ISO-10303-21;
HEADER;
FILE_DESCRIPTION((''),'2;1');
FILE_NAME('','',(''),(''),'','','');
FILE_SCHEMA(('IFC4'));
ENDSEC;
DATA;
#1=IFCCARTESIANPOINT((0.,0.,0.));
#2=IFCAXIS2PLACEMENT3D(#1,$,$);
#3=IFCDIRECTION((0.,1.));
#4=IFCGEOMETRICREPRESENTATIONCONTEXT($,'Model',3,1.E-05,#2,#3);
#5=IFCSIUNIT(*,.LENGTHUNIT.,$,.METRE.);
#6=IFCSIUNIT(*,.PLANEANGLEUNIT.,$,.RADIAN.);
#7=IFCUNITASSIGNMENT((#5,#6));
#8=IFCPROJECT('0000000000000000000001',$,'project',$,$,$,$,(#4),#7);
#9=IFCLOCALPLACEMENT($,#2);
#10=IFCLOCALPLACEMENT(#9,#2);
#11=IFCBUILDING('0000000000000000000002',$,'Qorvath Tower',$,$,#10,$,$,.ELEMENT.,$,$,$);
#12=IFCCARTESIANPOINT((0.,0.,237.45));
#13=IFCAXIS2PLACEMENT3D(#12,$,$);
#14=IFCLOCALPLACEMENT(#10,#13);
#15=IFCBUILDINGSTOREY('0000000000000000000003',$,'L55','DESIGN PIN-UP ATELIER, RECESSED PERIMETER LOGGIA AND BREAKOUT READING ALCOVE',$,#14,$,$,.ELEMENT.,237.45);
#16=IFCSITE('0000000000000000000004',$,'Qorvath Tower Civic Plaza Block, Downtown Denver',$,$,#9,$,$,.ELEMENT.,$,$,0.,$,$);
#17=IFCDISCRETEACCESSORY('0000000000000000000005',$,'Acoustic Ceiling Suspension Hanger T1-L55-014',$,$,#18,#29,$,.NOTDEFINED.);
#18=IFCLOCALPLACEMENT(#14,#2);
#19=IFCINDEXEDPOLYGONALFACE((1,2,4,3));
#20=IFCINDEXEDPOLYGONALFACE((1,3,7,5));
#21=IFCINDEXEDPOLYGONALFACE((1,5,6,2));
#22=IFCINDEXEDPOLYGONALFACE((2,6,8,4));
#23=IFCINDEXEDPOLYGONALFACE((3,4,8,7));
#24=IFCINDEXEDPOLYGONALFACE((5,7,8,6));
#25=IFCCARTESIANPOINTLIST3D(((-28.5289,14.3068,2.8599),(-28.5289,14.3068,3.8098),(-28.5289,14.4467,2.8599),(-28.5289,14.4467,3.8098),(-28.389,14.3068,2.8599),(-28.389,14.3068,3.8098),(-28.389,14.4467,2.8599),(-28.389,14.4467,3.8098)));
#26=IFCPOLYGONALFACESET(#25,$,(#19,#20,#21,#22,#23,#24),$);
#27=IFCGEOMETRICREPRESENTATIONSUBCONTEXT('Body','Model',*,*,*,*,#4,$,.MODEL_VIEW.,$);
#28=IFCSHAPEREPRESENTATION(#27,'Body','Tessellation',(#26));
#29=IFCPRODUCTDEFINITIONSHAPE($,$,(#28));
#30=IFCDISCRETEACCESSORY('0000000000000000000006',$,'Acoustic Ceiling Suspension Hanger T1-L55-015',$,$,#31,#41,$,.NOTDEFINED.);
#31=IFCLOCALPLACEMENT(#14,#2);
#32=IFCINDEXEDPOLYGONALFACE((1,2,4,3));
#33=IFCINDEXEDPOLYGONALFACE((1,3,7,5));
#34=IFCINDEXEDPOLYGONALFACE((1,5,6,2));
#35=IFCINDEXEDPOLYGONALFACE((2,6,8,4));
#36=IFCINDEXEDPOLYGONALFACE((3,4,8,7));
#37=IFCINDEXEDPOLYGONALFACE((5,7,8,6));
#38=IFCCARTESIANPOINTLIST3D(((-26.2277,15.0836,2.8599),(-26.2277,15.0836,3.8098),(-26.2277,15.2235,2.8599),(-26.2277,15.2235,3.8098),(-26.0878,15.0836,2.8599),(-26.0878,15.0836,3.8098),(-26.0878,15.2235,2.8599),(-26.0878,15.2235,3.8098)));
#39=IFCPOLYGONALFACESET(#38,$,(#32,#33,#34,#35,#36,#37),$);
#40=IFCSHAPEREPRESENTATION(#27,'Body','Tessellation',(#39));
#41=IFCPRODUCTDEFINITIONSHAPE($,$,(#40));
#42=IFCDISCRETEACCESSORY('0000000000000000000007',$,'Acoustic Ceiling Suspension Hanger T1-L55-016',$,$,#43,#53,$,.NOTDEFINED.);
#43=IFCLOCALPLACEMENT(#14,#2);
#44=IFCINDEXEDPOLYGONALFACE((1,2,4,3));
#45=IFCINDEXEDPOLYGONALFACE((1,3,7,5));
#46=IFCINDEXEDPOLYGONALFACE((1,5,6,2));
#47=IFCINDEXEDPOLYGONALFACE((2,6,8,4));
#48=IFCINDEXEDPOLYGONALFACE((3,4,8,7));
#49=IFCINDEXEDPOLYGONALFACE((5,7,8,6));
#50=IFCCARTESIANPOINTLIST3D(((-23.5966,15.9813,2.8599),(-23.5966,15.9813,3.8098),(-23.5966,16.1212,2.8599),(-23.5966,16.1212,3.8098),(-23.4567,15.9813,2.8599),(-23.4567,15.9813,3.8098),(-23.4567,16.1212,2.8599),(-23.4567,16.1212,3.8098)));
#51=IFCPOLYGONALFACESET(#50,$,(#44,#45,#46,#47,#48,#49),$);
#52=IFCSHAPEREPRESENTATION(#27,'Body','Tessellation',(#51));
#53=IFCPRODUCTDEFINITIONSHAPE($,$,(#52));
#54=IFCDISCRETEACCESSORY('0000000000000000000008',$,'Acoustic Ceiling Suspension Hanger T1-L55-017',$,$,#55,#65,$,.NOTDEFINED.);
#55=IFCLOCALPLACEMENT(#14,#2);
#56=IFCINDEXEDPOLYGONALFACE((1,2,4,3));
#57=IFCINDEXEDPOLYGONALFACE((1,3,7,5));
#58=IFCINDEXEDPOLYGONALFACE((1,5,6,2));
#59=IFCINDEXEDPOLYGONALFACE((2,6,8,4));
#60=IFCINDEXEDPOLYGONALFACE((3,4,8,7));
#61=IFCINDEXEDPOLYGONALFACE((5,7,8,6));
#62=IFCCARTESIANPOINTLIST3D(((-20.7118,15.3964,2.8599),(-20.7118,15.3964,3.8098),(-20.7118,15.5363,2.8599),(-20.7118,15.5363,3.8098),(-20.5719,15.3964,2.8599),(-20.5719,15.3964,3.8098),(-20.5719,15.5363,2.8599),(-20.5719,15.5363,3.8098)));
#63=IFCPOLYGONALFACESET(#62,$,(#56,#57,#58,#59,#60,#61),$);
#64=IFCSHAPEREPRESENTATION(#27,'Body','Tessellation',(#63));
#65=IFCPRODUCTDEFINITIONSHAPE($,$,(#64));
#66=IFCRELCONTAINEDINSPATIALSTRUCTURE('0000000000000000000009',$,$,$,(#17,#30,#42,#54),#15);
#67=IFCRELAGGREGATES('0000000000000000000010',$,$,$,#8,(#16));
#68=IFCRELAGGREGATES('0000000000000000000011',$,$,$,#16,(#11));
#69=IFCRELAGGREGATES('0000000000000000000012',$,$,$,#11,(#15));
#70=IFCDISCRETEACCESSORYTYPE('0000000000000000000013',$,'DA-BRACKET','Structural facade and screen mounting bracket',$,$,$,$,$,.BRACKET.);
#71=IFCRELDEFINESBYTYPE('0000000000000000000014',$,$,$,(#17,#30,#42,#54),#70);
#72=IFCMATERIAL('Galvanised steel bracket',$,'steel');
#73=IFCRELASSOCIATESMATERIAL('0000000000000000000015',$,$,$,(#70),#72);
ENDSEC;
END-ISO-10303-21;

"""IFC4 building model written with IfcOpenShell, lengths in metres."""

from ifc_helpers import new_model, si_unit, direction, frame, origin, origin_2d, place, context, subcontext, project, spatial, rectangle, extrude, material, type_object, element, save


model = new_model("IFC4")

# Units and contexts
model_context = context("Model", 3, precision=1e-05, world=origin(), true_north=direction((0.0, 1.0)))
body_context = subcontext(model_context, "Body", "Model", "MODEL_VIEW")
ifc_project = project(units=[si_unit("LENGTHUNIT", "METRE"), si_unit("PLANEANGLEUNIT", "RADIAN")], contexts=[model_context])

# Site, building, storey
site_placement = place(None, origin())
site = spatial("IfcSite", under=ifc_project, at=site_placement, Name="Qorvath Tower Civic Plaza Block, Downtown Denver", CompositionType="ELEMENT", RefElevation=0.0)
building_placement = place(site_placement, origin())
building = spatial("IfcBuilding", under=site, at=building_placement, Name="Qorvath Tower", CompositionType="ELEMENT")
storey_placement = place(building_placement, frame((0.0, 0.0, 237.45)))
storey = spatial("IfcBuildingStorey", under=building, at=storey_placement, Name="L55", Description="DESIGN PIN-UP ATELIER, RECESSED PERIMETER LOGGIA AND BREAKOUT READING ALCOVE", CompositionType="ELEMENT", Elevation=237.45)

# Discrete accessories
ifc_material_1 = material(Name="Galvanised steel bracket", Category="steel")
discrete_accessory_type = type_object("IfcDiscreteAccessoryType", Name="DA-BRACKET", Description="Structural facade and screen mounting bracket", PredefinedType="BRACKET", material=ifc_material_1)
for number, where, z_axis, x_axis, name in (
    (1, (-28.459, 14.3767, 2.8599), (0.0, 0.0, 1.0), (1.0, 0.0, 0.0), "Acoustic Ceiling Suspension Hanger T1-L55-014"),
    (2, (-26.1577, 15.1536, 2.8599), (0.0, 0.0, 1.0), (1.0, 0.0, 0.0), "Acoustic Ceiling Suspension Hanger T1-L55-015"),
    (3, (-23.5266, 16.0513, 2.8599), (0.0, 0.0, 1.0), (1.0, 0.0, 0.0), "Acoustic Ceiling Suspension Hanger T1-L55-016"),
    (4, (-20.6418, 15.4663, 2.8599), (0.0, 0.0, 1.0), (1.0, 0.0, 0.0), "Acoustic Ceiling Suspension Hanger T1-L55-017"),
):
    element("IfcDiscreteAccessory", number, at=place(storey_placement, frame(where, z_axis=z_axis, x_axis=x_axis)), inside=storey, type_object=discrete_accessory_type, Name=name, PredefinedType="NOTDEFINED", context=body_context, shape_type="SweptSolid", body=[
        extrude(rectangle(XDim=0.1399, YDim=0.1399, at=origin_2d()), origin(), (0.0, 0.0, 1.0), 0.95),
    ])

save(model, "model.ifc")
